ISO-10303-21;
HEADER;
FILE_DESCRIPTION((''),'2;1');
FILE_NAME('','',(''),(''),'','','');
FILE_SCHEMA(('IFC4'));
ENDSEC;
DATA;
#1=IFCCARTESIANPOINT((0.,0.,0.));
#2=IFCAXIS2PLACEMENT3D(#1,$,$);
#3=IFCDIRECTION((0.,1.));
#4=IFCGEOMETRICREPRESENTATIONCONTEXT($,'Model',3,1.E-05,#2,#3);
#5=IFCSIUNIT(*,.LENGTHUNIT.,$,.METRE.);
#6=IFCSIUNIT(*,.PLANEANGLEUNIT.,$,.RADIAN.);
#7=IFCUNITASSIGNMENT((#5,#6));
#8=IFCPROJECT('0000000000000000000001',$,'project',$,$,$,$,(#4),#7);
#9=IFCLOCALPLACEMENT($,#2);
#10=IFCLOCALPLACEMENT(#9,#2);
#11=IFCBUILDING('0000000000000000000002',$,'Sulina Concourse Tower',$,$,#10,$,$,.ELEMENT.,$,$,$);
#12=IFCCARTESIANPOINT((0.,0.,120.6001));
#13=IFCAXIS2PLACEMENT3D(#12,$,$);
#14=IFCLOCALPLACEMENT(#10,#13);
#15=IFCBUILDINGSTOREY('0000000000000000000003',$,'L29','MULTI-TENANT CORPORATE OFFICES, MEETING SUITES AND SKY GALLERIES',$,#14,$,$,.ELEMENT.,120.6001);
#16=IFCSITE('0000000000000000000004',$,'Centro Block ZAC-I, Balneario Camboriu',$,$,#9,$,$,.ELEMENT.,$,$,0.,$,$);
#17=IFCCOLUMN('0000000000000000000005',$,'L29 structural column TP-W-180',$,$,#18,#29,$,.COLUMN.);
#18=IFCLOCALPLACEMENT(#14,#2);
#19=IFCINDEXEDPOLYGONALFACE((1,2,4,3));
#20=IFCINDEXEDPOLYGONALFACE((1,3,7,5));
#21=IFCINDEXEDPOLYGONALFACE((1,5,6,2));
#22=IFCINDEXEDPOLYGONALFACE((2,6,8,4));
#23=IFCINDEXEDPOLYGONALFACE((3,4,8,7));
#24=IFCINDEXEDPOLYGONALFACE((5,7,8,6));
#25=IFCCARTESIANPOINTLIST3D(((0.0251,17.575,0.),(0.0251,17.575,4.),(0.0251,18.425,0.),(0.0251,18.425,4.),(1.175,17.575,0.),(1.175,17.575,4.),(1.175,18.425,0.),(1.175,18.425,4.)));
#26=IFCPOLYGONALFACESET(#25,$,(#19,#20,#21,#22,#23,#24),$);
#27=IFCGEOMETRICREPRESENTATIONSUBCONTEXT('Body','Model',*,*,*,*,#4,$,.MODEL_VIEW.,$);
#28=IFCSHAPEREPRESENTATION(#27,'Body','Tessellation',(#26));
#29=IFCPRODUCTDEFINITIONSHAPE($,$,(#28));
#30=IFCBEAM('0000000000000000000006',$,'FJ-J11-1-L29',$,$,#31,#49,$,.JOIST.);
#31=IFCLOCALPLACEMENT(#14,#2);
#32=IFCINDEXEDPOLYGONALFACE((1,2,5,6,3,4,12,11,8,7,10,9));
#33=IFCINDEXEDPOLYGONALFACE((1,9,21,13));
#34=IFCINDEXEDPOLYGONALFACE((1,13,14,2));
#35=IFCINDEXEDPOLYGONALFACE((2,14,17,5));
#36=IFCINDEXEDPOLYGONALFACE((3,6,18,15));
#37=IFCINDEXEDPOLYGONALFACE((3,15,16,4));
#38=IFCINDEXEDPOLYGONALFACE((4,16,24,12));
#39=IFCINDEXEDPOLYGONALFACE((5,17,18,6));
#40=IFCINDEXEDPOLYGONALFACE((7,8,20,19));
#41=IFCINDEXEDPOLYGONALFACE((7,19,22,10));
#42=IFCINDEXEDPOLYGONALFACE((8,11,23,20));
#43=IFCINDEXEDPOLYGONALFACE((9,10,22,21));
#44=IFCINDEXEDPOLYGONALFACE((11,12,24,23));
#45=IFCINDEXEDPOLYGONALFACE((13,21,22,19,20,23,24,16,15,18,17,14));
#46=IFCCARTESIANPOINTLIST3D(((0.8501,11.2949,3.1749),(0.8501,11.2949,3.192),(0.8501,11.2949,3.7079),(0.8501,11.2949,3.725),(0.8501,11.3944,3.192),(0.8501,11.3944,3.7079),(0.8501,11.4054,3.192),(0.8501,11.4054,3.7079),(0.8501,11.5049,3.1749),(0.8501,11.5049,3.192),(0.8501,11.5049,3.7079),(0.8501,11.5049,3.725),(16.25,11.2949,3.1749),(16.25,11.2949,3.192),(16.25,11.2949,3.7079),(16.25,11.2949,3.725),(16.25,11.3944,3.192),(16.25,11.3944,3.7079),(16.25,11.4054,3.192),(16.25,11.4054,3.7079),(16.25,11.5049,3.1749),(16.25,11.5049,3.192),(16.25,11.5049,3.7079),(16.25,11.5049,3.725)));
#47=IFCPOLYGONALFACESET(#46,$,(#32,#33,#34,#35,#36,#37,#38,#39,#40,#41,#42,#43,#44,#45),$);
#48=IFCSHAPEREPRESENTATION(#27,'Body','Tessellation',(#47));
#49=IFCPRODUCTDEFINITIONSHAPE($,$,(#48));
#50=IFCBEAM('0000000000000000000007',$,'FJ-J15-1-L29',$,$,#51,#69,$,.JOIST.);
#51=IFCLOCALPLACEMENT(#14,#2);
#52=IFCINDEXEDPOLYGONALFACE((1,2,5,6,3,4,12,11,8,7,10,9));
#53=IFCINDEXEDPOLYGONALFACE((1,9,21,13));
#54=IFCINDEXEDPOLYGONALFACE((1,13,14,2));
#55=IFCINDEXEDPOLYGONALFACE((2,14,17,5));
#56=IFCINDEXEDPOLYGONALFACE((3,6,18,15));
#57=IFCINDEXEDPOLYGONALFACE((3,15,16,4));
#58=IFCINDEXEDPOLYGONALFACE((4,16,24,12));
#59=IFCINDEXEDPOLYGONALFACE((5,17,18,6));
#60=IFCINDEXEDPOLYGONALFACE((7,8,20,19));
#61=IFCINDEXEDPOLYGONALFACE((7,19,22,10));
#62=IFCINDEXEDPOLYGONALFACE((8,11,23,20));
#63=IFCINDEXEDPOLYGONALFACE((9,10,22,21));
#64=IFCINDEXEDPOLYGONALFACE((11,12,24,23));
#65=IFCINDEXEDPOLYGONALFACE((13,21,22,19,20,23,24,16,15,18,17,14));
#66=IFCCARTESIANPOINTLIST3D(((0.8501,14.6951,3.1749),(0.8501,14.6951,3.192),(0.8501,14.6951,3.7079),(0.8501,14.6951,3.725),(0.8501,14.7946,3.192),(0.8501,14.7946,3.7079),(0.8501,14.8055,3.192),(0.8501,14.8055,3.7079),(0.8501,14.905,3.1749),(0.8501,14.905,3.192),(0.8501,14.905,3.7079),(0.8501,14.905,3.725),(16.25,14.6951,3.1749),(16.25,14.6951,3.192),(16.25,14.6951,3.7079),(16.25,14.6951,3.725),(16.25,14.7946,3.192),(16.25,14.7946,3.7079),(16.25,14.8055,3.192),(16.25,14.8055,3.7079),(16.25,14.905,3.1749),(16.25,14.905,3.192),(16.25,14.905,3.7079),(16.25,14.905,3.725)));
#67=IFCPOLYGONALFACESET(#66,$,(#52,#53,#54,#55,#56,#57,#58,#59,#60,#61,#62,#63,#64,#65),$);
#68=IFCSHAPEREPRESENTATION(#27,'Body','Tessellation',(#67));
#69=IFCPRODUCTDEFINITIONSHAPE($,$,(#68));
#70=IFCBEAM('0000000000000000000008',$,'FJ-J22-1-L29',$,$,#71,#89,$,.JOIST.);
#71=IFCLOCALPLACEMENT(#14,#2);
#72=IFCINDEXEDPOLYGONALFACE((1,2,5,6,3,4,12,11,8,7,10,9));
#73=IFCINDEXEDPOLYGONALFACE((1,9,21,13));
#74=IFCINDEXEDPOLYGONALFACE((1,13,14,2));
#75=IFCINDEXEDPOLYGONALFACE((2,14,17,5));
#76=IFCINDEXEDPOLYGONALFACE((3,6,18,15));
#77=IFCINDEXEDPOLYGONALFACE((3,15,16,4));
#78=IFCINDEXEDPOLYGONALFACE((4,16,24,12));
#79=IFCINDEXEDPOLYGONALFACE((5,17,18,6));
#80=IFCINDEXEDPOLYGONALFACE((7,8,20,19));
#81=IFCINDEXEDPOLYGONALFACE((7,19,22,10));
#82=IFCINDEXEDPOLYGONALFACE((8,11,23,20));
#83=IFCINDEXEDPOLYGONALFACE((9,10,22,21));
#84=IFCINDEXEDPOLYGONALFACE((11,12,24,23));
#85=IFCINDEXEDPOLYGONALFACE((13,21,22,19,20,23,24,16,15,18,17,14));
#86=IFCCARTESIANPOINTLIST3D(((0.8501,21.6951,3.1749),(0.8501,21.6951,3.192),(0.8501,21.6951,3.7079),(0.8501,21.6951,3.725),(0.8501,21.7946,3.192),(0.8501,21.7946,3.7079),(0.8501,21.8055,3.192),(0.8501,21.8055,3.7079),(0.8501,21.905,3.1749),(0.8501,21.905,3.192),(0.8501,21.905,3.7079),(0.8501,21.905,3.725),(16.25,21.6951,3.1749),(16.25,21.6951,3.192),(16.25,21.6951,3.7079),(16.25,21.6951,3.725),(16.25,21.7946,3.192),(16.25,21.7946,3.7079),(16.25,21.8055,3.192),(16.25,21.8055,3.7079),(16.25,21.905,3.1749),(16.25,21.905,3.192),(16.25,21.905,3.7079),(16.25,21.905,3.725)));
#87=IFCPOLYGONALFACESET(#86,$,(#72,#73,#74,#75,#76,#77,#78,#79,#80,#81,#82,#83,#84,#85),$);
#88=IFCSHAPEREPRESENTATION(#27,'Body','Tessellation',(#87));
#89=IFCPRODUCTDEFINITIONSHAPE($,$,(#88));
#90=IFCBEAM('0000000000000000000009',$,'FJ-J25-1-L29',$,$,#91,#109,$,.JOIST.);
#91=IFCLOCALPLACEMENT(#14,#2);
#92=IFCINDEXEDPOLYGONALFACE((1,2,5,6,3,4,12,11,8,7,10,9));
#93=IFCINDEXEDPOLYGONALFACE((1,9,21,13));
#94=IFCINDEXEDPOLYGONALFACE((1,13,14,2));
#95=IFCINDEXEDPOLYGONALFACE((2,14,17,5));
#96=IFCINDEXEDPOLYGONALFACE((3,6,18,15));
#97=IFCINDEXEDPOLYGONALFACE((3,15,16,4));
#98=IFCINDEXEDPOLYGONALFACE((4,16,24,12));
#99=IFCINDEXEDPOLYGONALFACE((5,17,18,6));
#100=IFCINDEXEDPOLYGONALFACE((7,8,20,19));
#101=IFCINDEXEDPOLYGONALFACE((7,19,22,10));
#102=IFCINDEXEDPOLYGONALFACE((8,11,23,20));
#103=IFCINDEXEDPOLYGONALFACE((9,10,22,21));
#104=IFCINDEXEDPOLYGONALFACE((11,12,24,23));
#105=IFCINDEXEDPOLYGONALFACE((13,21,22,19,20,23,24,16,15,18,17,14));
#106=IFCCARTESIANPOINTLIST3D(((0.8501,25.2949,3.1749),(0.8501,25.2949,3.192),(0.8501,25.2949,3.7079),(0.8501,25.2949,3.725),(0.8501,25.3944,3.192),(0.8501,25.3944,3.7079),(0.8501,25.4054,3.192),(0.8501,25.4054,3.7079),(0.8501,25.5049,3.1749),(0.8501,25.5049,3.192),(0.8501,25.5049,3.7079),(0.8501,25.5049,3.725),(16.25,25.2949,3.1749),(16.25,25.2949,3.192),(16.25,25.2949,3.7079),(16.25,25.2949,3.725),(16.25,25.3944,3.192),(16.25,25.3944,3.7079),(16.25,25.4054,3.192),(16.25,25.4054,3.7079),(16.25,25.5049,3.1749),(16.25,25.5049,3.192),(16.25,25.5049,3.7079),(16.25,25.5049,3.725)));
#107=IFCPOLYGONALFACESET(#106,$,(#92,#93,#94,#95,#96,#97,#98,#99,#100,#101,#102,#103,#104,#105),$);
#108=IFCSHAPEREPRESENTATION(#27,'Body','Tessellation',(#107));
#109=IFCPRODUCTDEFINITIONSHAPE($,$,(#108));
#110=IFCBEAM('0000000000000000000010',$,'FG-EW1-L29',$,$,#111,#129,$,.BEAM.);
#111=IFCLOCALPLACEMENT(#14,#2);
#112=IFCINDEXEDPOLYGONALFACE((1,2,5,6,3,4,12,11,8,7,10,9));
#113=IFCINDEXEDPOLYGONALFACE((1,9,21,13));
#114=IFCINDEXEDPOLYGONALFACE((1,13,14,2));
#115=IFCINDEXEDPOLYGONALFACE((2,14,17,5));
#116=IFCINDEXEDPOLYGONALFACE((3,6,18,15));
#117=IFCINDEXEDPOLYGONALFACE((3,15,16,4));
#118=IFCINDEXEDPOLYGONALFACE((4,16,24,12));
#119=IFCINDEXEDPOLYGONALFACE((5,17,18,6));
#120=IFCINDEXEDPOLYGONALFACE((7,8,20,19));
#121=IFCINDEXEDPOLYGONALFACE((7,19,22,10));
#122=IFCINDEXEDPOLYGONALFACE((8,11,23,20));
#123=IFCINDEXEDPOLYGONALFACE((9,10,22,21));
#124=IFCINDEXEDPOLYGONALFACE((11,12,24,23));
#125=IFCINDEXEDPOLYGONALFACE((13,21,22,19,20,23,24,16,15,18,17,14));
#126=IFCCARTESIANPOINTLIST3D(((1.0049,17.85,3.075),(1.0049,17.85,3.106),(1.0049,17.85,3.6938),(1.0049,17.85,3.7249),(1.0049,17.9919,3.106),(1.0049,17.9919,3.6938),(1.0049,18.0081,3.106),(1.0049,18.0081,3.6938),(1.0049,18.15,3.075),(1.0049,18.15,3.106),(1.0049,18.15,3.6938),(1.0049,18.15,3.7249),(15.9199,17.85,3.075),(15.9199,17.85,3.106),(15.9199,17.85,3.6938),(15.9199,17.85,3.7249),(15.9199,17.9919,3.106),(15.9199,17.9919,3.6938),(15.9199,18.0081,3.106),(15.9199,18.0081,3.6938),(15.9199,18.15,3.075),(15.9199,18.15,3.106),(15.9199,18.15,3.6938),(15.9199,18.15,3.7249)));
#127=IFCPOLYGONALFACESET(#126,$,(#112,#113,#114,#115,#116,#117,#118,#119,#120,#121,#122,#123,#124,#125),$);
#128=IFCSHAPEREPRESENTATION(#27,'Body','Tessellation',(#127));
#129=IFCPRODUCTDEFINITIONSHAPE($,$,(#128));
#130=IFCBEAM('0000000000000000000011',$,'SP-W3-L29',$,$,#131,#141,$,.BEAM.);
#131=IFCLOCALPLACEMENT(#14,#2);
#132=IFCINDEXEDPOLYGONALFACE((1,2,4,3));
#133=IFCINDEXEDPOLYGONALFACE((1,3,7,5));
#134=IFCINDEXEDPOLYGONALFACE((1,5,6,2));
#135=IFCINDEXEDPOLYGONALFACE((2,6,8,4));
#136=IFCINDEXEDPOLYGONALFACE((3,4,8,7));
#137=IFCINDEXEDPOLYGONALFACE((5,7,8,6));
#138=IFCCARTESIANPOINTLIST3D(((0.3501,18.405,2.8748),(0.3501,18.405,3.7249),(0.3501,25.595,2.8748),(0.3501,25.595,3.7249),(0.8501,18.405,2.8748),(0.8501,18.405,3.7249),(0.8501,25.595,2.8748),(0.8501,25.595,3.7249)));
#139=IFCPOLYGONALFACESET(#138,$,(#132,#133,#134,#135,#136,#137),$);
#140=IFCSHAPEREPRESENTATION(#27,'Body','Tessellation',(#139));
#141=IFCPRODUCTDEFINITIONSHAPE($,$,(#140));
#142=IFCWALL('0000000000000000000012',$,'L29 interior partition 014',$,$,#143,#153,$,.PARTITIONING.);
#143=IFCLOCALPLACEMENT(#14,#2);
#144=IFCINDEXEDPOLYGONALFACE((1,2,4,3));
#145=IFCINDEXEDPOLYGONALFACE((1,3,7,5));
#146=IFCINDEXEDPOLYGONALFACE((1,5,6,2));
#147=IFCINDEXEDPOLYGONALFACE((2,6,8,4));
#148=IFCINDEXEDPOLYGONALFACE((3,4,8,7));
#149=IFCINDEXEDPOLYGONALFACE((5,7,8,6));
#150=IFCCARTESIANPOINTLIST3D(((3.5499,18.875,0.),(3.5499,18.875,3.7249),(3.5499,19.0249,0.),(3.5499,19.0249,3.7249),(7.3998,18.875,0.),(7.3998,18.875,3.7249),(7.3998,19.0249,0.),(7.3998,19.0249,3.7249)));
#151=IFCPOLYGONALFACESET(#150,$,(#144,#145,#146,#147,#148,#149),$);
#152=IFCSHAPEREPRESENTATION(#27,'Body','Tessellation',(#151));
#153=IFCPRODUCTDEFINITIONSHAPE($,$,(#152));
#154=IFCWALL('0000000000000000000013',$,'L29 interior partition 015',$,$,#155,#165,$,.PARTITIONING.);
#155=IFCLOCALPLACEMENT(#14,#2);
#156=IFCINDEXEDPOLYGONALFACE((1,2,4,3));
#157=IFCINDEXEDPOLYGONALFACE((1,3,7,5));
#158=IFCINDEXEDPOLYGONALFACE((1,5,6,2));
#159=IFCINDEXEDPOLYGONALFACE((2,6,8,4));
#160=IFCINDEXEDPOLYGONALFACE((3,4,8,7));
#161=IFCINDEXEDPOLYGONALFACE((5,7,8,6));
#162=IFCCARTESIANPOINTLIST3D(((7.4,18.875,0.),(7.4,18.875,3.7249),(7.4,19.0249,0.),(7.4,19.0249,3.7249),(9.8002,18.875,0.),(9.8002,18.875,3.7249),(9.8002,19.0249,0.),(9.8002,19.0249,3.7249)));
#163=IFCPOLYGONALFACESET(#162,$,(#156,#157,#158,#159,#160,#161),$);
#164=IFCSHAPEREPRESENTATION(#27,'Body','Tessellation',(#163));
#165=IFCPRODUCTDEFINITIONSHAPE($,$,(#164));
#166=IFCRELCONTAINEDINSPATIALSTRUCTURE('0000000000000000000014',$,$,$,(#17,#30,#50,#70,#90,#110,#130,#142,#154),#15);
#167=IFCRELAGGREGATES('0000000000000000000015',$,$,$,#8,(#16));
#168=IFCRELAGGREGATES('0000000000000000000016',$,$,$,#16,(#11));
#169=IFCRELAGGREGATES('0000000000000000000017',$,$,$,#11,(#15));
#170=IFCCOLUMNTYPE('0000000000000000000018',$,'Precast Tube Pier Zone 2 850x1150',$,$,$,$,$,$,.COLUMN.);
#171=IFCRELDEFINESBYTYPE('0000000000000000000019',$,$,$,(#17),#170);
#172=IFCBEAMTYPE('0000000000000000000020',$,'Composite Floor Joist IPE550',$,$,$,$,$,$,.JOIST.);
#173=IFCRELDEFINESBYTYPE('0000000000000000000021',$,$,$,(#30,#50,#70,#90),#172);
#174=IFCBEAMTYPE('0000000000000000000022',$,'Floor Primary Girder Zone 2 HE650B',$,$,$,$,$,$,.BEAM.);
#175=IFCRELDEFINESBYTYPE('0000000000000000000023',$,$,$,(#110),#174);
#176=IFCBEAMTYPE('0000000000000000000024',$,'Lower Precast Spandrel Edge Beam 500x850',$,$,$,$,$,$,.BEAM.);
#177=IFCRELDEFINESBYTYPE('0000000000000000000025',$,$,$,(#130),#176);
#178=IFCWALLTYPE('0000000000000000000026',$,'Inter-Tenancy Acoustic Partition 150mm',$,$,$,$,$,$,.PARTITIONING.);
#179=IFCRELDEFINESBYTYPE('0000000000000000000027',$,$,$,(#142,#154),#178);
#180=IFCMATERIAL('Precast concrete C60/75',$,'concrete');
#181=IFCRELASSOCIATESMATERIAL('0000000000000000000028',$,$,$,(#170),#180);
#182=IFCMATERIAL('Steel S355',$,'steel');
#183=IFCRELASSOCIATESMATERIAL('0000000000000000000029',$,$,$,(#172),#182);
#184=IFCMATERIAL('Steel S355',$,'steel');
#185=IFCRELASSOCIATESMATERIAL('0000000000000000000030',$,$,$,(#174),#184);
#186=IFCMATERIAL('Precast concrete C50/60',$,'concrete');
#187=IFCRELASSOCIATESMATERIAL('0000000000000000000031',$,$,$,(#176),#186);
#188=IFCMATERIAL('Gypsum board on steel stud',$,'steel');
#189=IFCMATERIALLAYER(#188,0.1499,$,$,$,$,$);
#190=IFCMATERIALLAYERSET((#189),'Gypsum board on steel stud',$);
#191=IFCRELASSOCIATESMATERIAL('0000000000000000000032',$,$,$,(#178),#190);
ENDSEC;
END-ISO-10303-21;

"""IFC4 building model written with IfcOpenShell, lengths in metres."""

from ifc_helpers import new_model, si_unit, direction, frame, frame_2d, origin, origin_2d, place, context, subcontext, project, spatial, rectangle, i_section, extrude, material, layer, layer_set, material_profile, profile_set, type_object, element, save


model = new_model("IFC4")

# Units and contexts
model_context = context("Model", 3, precision=1e-05, world=origin(), true_north=direction((0.0, 1.0)))
body_context = subcontext(model_context, "Body", "Model", "MODEL_VIEW")
ifc_project = project(units=[si_unit("LENGTHUNIT", "METRE"), si_unit("PLANEANGLEUNIT", "RADIAN")], contexts=[model_context])

# Site, building, storey
site_placement = place(None, origin())
site = spatial("IfcSite", under=ifc_project, at=site_placement, Name="Centro Block ZAC-I, Balneario Camboriu", CompositionType="ELEMENT", RefElevation=0.0)
building_placement = place(site_placement, origin())
building = spatial("IfcBuilding", under=site, at=building_placement, Name="Sulina Concourse Tower", CompositionType="ELEMENT")
storey_placement = place(building_placement, frame((0.0, 0.0, 120.6001)))
storey = spatial("IfcBuildingStorey", under=building, at=storey_placement, Name="L29", Description="MULTI-TENANT CORPORATE OFFICES, MEETING SUITES AND SKY GALLERIES", CompositionType="ELEMENT", Elevation=120.6001)

# Column
ifc_material_1 = material(Name="Precast concrete C60/75", Category="concrete")
ifc_material_profile_1 = material_profile(ifc_material_1, rectangle(XDim=0.8501, YDim=1.1499, at=origin_2d()), Name="PC 850x1150")
ifc_profile_set_1 = profile_set([ifc_material_profile_1], Name="Precast concrete C60/75")
column_type = type_object("IfcColumnType", Name="Precast Tube Pier Zone 2 850x1150", PredefinedType="COLUMN", material=ifc_profile_set_1)
column_placement = place(storey_placement, frame((0.6001, 18.0, 0.0), z_axis=(0.0, 0.0, 1.0), x_axis=(0.0, 1.0, 0.0)))
element("IfcColumn", 1, at=column_placement, inside=storey, type_object=column_type, Name="L29 structural column TP-W-180", PredefinedType="COLUMN", context=body_context, shape_type="SweptSolid", body=[
    extrude(rectangle(XDim=0.8501, YDim=1.1499, at=origin_2d()), origin(), (0.0, 0.0, 1.0), 4.0),
])

# Beams
ifc_material_2 = material(Name="Steel S355", Category="steel")
ifc_material_profile_2 = material_profile(ifc_material_2, i_section(OverallWidth=0.21, OverallDepth=0.55, WebThickness=0.011, FlangeThickness=0.0171, at=origin_2d()), Name="IPE 550")
ifc_profile_set_2 = profile_set([ifc_material_profile_2], Name="Steel S355")
beam_type_1 = type_object("IfcBeamType", Name="Composite Floor Joist IPE550", PredefinedType="JOIST", material=ifc_profile_set_2)
for number, where, z_axis, x_axis, name in (
    (2, (0.8501, 11.3999, 3.45), (1.0, 0.0, 0.0), (0.0, 1.0, 0.0), "FJ-J11-1-L29"),
    (3, (0.8501, 14.8, 3.45), (1.0, 0.0, 0.0), (0.0, 1.0, 0.0), "FJ-J15-1-L29"),
    (4, (0.8501, 21.8, 3.45), (1.0, 0.0, 0.0), (0.0, 1.0, 0.0), "FJ-J22-1-L29"),
    (5, (0.8501, 25.3999, 3.45), (1.0, 0.0, 0.0), (0.0, 1.0, 0.0), "FJ-J25-1-L29"),
):
    element("IfcBeam", number, at=place(storey_placement, frame(where, z_axis=z_axis, x_axis=x_axis)), inside=storey, type_object=beam_type_1, Name=name, PredefinedType="JOIST", context=body_context, shape_type="SweptSolid", body=[
        extrude(i_section(OverallWidth=0.21, OverallDepth=0.55, WebThickness=0.011, FlangeThickness=0.0171, at=origin_2d()), origin(), (0.0, 0.0, 1.0), 15.3999),
    ])
ifc_material_3 = material(Name="Steel S355", Category="steel")
ifc_material_profile_3 = material_profile(ifc_material_3, i_section(OverallWidth=0.3, OverallDepth=0.6499, WebThickness=0.0161, FlangeThickness=0.031, at=origin_2d()), Name="HE 650 B")
ifc_profile_set_3 = profile_set([ifc_material_profile_3], Name="Steel S355")
beam_type_2 = type_object("IfcBeamType", Name="Floor Primary Girder Zone 2 HE650B", PredefinedType="BEAM", material=ifc_profile_set_3)
beam_1_placement = place(storey_placement, frame((1.0049, 18.0, 3.3999), z_axis=(1.0, 0.0, 0.0), x_axis=(0.0, 1.0, 0.0)))
element("IfcBeam", 6, at=beam_1_placement, inside=storey, type_object=beam_type_2, Name="FG-EW1-L29", PredefinedType="BEAM", context=body_context, shape_type="SweptSolid", body=[
    extrude(i_section(OverallWidth=0.3, OverallDepth=0.6499, WebThickness=0.0161, FlangeThickness=0.031, at=origin_2d()), origin(), (0.0, 0.0, 1.0), 14.915),
])
ifc_material_4 = material(Name="Precast concrete C50/60", Category="concrete")
ifc_material_profile_4 = material_profile(ifc_material_4, rectangle(XDim=0.5, YDim=0.8501, at=origin_2d()), Name="RC 500x850")
ifc_profile_set_4 = profile_set([ifc_material_profile_4], Name="Precast concrete C50/60")
beam_type_3 = type_object("IfcBeamType", Name="Lower Precast Spandrel Edge Beam 500x850", PredefinedType="BEAM", material=ifc_profile_set_4)
beam_2_placement = place(storey_placement, frame((0.6001, 18.405, 3.2998), z_axis=(0.0, 1.0, 0.0), x_axis=(-1.0, 0.0, 0.0)))
element("IfcBeam", 7, at=beam_2_placement, inside=storey, type_object=beam_type_3, Name="SP-W3-L29", PredefinedType="BEAM", context=body_context, shape_type="SweptSolid", body=[
    extrude(rectangle(XDim=0.5, YDim=0.8501, at=origin_2d()), origin(), (0.0, 0.0, 1.0), 7.1899),
])

# Walls
ifc_material_5 = material(Name="Gypsum board on steel stud", Category="steel")
ifc_layer_1 = layer(ifc_material_5, 0.1499)
ifc_layer_set_1 = layer_set([ifc_layer_1], Name="Gypsum board on steel stud")
wall_type_1 = type_object("IfcWallType", Name="Inter-Tenancy Acoustic Partition 150mm", PredefinedType="PARTITIONING", material=ifc_layer_set_1)
wall_1_placement = place(storey_placement, frame((3.55, 18.95, 0.0), z_axis=(0.0, 0.0, 1.0), x_axis=(1.0, 0.0, 0.0)))
element("IfcWall", 8, at=wall_1_placement, inside=storey, type_object=wall_type_1, Name="L29 interior partition 014", PredefinedType="PARTITIONING", context=body_context, shape_type="SweptSolid", body=[
    extrude(rectangle(XDim=3.8499, YDim=0.1499, at=frame_2d((1.9248, 0.0))), origin(), (0.0, 0.0, 1.0), 3.7249),
])
wall_2_placement = place(storey_placement, frame((7.3999, 18.95, 0.0), z_axis=(0.0, 0.0, 1.0), x_axis=(1.0, 0.0, 0.0)))
element("IfcWall", 9, at=wall_2_placement, inside=storey, type_object=wall_type_1, Name="L29 interior partition 015", PredefinedType="PARTITIONING", context=body_context, shape_type="SweptSolid", body=[
    extrude(rectangle(XDim=2.4001, YDim=0.1499, at=frame_2d((1.2002, 0.0))), origin(), (0.0, 0.0, 1.0), 3.7249),
])

save(model, "model.ifc")
